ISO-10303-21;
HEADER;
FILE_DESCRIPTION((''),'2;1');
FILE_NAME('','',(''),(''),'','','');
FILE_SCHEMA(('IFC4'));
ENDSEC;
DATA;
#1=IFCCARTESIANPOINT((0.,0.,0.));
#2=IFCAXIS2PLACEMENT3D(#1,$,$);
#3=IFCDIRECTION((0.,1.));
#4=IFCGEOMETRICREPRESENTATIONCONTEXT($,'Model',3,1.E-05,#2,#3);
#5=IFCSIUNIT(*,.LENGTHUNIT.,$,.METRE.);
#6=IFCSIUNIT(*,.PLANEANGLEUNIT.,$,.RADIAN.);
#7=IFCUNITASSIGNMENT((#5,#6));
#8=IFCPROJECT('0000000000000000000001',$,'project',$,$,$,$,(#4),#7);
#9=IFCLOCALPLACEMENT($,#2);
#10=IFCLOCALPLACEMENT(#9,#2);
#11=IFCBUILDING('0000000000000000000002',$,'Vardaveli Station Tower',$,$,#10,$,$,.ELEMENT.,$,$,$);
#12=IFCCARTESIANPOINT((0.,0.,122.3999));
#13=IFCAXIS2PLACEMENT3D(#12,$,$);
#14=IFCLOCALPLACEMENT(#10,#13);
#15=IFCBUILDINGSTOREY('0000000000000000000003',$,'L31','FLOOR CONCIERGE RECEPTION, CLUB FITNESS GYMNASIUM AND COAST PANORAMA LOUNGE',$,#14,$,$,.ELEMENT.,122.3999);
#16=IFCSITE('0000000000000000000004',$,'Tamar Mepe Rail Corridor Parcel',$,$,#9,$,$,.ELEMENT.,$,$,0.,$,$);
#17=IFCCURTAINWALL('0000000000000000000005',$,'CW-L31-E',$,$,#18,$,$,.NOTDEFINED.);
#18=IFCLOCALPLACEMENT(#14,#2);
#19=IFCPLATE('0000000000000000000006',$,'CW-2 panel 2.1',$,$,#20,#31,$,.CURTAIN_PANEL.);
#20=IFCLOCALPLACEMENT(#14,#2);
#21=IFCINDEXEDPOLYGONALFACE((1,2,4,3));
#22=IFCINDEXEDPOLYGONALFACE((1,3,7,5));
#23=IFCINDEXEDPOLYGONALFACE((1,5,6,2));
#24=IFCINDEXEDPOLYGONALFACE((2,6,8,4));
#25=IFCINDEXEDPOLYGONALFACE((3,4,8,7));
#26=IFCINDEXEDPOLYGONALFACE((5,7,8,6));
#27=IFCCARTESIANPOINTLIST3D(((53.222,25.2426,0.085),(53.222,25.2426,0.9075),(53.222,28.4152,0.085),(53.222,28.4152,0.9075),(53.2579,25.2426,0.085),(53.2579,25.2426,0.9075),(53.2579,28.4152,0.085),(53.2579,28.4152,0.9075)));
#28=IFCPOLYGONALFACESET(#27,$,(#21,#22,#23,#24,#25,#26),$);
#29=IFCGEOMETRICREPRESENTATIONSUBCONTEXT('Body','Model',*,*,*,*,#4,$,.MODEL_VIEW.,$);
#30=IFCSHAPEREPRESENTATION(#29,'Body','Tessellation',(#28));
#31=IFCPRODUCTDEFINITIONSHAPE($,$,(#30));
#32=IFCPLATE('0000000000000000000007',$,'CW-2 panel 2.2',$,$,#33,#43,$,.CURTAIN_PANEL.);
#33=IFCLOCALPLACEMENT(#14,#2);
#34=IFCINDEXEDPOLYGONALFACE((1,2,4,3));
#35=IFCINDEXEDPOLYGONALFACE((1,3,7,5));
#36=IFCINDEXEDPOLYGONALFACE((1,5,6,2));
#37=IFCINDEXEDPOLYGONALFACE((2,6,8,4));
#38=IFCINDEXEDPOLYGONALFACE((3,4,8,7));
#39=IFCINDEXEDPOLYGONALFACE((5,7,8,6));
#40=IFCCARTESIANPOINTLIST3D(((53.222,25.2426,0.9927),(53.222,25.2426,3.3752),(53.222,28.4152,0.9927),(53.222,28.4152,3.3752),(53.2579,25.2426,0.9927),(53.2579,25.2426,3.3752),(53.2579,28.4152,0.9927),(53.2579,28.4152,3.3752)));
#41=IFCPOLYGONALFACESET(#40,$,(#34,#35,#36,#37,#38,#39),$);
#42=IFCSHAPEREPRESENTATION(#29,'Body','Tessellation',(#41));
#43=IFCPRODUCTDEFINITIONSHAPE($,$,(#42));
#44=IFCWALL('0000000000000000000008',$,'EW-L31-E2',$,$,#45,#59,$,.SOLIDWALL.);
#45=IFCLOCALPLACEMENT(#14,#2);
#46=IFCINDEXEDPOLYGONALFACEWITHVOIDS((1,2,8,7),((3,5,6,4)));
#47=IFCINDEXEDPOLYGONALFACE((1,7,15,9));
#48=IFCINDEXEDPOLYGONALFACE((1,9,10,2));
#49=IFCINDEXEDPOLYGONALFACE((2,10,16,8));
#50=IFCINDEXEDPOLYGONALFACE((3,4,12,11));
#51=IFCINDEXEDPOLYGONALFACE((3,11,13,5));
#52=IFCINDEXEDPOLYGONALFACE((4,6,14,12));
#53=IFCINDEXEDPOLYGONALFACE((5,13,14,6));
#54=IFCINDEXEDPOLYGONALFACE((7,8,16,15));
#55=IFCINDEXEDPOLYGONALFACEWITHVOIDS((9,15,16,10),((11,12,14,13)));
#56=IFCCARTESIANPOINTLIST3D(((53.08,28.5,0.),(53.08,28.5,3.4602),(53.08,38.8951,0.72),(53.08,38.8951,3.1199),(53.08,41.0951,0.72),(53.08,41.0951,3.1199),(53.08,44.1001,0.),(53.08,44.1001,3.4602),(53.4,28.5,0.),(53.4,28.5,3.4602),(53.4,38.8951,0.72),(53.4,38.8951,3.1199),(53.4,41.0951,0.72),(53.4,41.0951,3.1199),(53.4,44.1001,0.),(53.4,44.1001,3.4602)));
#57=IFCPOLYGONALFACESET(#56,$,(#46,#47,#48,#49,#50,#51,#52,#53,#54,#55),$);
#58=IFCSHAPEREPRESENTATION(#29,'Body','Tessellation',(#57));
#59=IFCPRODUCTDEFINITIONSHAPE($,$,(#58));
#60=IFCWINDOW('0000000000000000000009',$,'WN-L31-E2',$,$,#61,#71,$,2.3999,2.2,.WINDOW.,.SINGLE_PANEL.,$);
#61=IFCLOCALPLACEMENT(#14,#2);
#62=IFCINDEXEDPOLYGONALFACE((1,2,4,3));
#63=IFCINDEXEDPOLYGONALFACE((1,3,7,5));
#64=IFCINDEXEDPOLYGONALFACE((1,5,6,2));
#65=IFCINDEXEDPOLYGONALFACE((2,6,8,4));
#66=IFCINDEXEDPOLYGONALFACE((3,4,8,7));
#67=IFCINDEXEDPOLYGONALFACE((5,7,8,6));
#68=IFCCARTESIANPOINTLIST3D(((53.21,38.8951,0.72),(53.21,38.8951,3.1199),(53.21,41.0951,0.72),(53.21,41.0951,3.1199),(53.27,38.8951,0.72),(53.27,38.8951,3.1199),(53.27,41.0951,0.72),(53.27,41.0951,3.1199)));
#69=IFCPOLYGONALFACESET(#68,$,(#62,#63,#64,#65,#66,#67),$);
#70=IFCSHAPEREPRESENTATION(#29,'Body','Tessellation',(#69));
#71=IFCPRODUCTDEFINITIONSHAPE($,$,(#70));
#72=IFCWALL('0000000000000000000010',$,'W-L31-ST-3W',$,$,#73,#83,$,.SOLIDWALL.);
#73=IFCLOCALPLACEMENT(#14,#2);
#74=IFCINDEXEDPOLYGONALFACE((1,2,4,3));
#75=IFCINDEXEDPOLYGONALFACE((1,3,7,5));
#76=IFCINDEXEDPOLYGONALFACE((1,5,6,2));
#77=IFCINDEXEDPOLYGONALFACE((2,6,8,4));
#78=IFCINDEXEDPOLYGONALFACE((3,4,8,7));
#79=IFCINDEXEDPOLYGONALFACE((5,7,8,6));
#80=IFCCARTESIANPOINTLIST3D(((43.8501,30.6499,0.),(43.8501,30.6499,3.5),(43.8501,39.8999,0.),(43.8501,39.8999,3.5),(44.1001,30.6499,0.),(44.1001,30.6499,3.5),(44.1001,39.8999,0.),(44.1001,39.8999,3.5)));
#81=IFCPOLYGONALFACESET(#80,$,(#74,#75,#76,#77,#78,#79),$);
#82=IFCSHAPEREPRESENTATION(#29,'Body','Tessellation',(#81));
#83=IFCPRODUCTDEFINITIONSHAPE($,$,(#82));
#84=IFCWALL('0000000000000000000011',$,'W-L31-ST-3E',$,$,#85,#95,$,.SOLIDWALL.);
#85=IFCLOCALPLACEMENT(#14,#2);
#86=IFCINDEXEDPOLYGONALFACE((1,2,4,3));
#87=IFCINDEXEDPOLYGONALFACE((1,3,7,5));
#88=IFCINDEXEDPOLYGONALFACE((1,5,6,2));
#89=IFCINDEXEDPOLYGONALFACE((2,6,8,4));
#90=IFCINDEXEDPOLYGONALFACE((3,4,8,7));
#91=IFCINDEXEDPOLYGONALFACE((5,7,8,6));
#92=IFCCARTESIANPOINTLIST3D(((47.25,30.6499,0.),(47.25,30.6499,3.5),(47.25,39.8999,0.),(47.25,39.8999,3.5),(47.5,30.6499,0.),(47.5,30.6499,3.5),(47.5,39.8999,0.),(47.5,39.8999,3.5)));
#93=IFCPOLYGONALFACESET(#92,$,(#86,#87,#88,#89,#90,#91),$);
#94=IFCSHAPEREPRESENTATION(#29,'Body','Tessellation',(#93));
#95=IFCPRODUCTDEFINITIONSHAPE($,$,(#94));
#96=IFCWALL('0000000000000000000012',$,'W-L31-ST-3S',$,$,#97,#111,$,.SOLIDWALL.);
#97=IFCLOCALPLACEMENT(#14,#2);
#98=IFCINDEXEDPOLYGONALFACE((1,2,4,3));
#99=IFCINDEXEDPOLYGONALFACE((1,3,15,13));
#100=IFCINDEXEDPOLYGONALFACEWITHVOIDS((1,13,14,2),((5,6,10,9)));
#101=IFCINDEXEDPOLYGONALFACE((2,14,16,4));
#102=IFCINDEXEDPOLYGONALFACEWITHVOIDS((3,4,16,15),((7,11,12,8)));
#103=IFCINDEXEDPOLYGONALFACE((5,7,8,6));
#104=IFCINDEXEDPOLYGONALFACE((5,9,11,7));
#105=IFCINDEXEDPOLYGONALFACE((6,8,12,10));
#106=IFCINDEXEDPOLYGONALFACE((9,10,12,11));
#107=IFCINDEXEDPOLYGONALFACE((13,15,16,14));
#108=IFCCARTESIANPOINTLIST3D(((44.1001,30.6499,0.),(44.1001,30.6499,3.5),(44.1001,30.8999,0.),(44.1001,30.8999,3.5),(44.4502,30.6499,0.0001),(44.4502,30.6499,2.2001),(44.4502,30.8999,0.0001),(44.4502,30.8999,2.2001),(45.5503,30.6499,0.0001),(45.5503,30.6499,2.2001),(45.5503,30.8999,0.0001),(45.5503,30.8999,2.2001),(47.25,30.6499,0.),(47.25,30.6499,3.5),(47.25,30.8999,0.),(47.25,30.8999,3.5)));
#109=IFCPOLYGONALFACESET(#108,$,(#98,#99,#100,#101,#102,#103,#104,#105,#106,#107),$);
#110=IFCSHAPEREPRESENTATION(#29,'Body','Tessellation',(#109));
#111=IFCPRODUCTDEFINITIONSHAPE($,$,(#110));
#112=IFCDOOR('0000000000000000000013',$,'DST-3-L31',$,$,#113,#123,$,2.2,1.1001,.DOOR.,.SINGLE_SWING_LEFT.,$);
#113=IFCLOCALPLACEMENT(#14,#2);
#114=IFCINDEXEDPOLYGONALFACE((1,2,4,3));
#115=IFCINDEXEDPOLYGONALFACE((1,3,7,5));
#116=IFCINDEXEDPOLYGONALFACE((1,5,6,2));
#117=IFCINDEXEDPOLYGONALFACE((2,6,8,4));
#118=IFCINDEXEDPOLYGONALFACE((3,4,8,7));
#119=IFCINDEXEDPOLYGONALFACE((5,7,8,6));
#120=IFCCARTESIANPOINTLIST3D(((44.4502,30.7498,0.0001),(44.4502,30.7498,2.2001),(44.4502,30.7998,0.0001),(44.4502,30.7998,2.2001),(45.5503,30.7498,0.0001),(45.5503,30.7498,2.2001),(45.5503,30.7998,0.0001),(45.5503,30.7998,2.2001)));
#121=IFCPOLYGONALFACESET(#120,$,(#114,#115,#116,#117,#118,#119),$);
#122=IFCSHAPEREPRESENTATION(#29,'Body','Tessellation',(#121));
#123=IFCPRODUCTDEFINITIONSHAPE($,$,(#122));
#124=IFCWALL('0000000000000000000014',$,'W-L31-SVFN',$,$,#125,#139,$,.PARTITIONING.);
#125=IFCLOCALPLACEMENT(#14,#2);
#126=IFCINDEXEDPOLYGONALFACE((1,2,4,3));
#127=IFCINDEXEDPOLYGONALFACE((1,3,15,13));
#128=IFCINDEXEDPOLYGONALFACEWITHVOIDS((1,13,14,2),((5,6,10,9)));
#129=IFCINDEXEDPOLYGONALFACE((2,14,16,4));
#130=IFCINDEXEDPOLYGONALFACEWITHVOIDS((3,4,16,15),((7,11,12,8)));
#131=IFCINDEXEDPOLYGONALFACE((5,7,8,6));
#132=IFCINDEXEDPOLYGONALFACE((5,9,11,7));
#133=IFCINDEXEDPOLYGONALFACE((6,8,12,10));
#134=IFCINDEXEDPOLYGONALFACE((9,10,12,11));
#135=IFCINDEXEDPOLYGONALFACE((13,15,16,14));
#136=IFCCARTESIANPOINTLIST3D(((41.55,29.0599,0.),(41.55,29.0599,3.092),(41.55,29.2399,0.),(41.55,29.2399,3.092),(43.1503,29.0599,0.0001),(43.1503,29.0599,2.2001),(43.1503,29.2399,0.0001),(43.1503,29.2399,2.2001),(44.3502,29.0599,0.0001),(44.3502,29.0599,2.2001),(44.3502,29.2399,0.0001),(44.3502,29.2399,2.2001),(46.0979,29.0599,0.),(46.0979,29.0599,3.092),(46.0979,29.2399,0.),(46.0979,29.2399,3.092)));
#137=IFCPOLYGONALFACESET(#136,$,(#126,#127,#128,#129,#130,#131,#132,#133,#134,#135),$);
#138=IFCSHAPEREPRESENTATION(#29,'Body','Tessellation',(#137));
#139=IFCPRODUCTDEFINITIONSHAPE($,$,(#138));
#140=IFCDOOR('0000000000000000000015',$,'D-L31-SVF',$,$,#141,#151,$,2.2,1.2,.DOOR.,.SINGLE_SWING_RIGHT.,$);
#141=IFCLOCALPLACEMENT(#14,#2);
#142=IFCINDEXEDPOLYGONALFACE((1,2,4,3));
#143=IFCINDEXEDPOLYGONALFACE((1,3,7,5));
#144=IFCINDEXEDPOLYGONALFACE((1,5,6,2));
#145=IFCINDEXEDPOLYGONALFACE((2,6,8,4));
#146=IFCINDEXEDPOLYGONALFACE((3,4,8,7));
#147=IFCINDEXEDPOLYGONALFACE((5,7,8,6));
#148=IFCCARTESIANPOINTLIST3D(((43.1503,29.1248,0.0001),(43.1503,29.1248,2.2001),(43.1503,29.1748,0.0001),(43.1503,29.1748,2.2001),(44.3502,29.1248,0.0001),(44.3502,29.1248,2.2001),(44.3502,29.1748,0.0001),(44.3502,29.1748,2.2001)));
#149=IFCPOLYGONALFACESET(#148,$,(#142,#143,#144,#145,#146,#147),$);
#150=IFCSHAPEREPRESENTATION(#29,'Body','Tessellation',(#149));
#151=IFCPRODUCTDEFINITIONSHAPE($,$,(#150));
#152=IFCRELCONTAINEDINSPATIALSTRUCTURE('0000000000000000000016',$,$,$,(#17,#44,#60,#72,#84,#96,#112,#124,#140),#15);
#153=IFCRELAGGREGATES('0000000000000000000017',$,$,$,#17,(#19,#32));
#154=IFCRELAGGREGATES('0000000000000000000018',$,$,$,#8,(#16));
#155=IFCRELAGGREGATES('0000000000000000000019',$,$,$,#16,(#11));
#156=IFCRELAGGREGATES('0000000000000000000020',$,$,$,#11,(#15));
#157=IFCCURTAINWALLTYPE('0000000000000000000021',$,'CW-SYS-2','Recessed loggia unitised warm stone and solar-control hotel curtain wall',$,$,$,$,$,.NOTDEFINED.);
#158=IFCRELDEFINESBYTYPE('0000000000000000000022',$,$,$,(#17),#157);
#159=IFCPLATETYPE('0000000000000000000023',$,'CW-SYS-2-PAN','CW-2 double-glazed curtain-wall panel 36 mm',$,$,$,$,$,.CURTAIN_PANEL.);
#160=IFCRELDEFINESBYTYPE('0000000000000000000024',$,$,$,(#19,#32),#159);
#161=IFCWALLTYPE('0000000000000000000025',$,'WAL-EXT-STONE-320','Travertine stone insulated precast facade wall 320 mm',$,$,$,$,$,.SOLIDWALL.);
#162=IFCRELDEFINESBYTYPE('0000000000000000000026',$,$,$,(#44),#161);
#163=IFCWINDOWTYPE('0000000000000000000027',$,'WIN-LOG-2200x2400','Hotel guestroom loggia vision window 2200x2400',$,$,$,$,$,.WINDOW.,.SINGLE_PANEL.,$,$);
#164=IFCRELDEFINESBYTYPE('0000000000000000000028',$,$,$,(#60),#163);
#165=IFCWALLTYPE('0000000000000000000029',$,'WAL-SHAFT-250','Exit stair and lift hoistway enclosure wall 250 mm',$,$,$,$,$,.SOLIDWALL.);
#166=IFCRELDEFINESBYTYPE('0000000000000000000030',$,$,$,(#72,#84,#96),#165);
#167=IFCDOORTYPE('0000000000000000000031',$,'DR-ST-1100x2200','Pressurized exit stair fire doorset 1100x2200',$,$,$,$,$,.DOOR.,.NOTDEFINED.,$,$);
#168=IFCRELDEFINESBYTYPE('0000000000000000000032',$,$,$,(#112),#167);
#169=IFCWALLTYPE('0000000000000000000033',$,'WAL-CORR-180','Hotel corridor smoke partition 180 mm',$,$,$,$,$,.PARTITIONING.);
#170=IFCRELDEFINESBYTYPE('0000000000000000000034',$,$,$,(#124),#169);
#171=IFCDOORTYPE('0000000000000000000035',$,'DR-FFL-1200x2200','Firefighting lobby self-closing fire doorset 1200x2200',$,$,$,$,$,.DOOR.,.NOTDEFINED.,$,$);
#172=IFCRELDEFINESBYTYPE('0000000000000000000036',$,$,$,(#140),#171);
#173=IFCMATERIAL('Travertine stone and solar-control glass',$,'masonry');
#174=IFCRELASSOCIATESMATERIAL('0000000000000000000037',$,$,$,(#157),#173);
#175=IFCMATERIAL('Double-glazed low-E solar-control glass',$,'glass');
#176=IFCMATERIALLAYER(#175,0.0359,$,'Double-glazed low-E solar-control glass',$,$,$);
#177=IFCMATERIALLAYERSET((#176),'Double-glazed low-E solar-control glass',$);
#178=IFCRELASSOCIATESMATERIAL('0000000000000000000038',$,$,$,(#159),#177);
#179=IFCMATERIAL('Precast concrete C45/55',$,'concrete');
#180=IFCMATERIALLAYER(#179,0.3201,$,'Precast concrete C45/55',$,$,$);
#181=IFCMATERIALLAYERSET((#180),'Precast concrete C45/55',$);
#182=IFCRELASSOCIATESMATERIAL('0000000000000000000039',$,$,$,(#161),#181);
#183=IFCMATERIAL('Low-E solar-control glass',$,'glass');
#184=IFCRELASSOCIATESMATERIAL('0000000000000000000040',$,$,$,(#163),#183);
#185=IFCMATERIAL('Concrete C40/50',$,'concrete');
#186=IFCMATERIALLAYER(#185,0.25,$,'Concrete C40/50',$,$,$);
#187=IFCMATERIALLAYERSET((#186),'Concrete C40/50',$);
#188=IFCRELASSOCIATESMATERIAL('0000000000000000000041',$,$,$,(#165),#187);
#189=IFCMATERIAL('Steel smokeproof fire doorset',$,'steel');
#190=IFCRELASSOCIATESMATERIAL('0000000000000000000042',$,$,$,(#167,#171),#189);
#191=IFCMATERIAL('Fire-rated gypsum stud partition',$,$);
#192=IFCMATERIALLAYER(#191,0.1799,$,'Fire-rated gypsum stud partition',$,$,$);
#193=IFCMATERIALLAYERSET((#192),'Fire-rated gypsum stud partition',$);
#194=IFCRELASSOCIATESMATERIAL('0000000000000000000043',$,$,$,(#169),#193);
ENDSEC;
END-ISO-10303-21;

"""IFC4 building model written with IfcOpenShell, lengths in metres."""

from ifc_helpers import new_model, si_unit, direction, frame, frame_2d, origin, origin_2d, place, context, subcontext, project, spatial, rectangle, extrude, source, transform, mapped, material, layer, layer_set, type_object, element, fill, aggregate, save


model = new_model("IFC4")

# Units and contexts
model_context = context("Model", 3, precision=1e-05, world=origin(), true_north=direction((0.0, 1.0)))
body_context = subcontext(model_context, "Body", "Model", "MODEL_VIEW")
ifc_project = project(units=[si_unit("LENGTHUNIT", "METRE"), si_unit("PLANEANGLEUNIT", "RADIAN")], contexts=[model_context])

# Site, building, storey
site_placement = place(None, origin())
site = spatial("IfcSite", under=ifc_project, at=site_placement, Name="Tamar Mepe Rail Corridor Parcel", CompositionType="ELEMENT", RefElevation=0.0)
building_placement = place(site_placement, origin())
building = spatial("IfcBuilding", under=site, at=building_placement, Name="Vardaveli Station Tower", CompositionType="ELEMENT")
storey_placement = place(building_placement, frame((0.0, 0.0, 122.3999)))
storey = spatial("IfcBuildingStorey", under=building, at=storey_placement, Name="L31", Description="FLOOR CONCIERGE RECEPTION, CLUB FITNESS GYMNASIUM AND COAST PANORAMA LOUNGE", CompositionType="ELEMENT", Elevation=122.3999)

# Shared definitions
ifc_material_1 = material(Name="Precast concrete C45/55", Category="concrete")

# Curtain wall, plates
ifc_material_2 = material(Name="Travertine stone and solar-control glass", Category="masonry")
curtain_wall_type = type_object("IfcCurtainWallType", Name="CW-SYS-2", Description="Recessed loggia unitised warm stone and solar-control hotel curtain wall", PredefinedType="NOTDEFINED", material=ifc_material_2)
curtain_wall_placement = place(storey_placement, origin())
curtain_wall = element("IfcCurtainWall", 1, at=curtain_wall_placement, inside=storey, type_object=curtain_wall_type, Name="CW-L31-E", PredefinedType="NOTDEFINED")
ifc_material_3 = material(Name="Double-glazed low-E solar-control glass", Category="glass")
ifc_layer_1 = layer(ifc_material_3, 0.0359, Name="Double-glazed low-E solar-control glass")
ifc_layer_set_1 = layer_set([ifc_layer_1], Name="Double-glazed low-E solar-control glass")
plate_type = type_object("IfcPlateType", Name="CW-SYS-2-PAN", Description="CW-2 double-glazed curtain-wall panel 36 mm", PredefinedType="CURTAIN_PANEL", material=ifc_layer_set_1)
shared_shape_1 = source(origin(), body_context, "Body", "SweptSolid", [
    extrude(rectangle(XDim=3.1726, YDim=0.0359, at=origin_2d()), origin(), (0.0, 0.0, 1.0), 0.8225),
])
plate_1_placement = place(storey_placement, frame((53.24, 26.8289, 0.085), z_axis=(0.0, 0.0, 1.0), x_axis=(0.0, 1.0, 0.0)))
plate_1 = element("IfcPlate", 2, at=plate_1_placement, type_object=plate_type, Name="CW-2 panel 2.1", PredefinedType="CURTAIN_PANEL", context=body_context, shape_type="MappedRepresentation", body=[
    mapped(shared_shape_1, transform((0.0, 0.0, 0.0), scale=1.0)),
])
shared_shape_2 = source(origin(), body_context, "Body", "SweptSolid", [
    extrude(rectangle(XDim=3.1726, YDim=0.0359, at=origin_2d()), origin(), (0.0, 0.0, 1.0), 2.3826),
])
plate_2_placement = place(storey_placement, frame((53.24, 26.8289, 0.9927), z_axis=(0.0, 0.0, 1.0), x_axis=(0.0, 1.0, 0.0)))
plate_2 = element("IfcPlate", 3, at=plate_2_placement, type_object=plate_type, Name="CW-2 panel 2.2", PredefinedType="CURTAIN_PANEL", context=body_context, shape_type="MappedRepresentation", body=[
    mapped(shared_shape_2, transform((0.0, 0.0, 0.0), scale=1.0)),
])
aggregate(curtain_wall, [plate_1, plate_2])

# Wall, opening, window
ifc_layer_2 = layer(ifc_material_1, 0.3201, Name="Precast concrete C45/55")
ifc_layer_set_2 = layer_set([ifc_layer_2], Name="Precast concrete C45/55")
wall_type_1 = type_object("IfcWallType", Name="WAL-EXT-STONE-320", Description="Travertine stone insulated precast facade wall 320 mm", PredefinedType="SOLIDWALL", material=ifc_layer_set_2)
shared_shape_3 = source(origin(), body_context, "Body", "SweptSolid", [
    extrude(rectangle(XDim=15.6001, YDim=0.3201, at=frame_2d((7.8, 0.0))), origin(), (0.0, 0.0, 1.0), 3.4602),
])
wall_1_placement = place(storey_placement, frame((53.24, 28.5, 0.0), z_axis=(0.0, 0.0, 1.0), x_axis=(0.0, 1.0, 0.0)))
wall_1 = element("IfcWall", 4, at=wall_1_placement, inside=storey, type_object=wall_type_1, Name="EW-L31-E2", PredefinedType="SOLIDWALL", context=body_context, shape_type="MappedRepresentation", body=[
    mapped(shared_shape_3, transform((0.0, 0.0, 0.0), scale=1.0)),
])
shared_shape_4 = source(origin(), body_context, "Body", "SweptSolid", [
    extrude(rectangle(XDim=2.2, YDim=2.3999, at=frame_2d((1.1001, 1.2))), frame((0.0, 0.1699, 0.0), z_axis=(0.0, -1.0, 0.0), x_axis=(1.0, 0.0, 0.0)), (0.0, 0.0, 1.0), 0.3401),
])
opening_1_placement = place(wall_1_placement, frame((10.395, 0.0, 0.72)))
opening_1 = element("IfcOpeningElement", 5, at=opening_1_placement, cuts=wall_1, PredefinedType="OPENING", context=body_context, shape_type="MappedRepresentation", body=[
    mapped(shared_shape_4, transform((0.0, 0.0, 0.0), scale=1.0)),
])
ifc_material_4 = material(Name="Low-E solar-control glass", Category="glass")
window_type = type_object("IfcWindowType", Name="WIN-LOG-2200x2400", Description="Hotel guestroom loggia vision window 2200x2400", PartitioningType="SINGLE_PANEL", PredefinedType="WINDOW", material=ifc_material_4)
shared_shape_5 = source(origin(), body_context, "Body", "SweptSolid", [
    extrude(rectangle(XDim=2.2, YDim=2.3999, at=frame_2d((1.1001, 1.2))), frame((0.0, 0.03, 0.0), z_axis=(0.0, -1.0, 0.0), x_axis=(1.0, 0.0, 0.0)), (0.0, 0.0, 1.0), 0.0601),
])
window_placement = place(opening_1_placement, origin())
window = element("IfcWindow", 6, at=window_placement, inside=storey, type_object=window_type, Name="WN-L31-E2", OverallHeight=2.3999, OverallWidth=2.2, PartitioningType="SINGLE_PANEL", PredefinedType="WINDOW", context=body_context, shape_type="MappedRepresentation", body=[
    mapped(shared_shape_5, transform((0.0, 0.0, 0.0), scale=1.0)),
])
fill(opening_1, window)

# Walls
ifc_material_5 = material(Name="Concrete C40/50", Category="concrete")
ifc_layer_3 = layer(ifc_material_5, 0.25, Name="Concrete C40/50")
ifc_layer_set_3 = layer_set([ifc_layer_3], Name="Concrete C40/50")
wall_type_2 = type_object("IfcWallType", Name="WAL-SHAFT-250", Description="Exit stair and lift hoistway enclosure wall 250 mm", PredefinedType="SOLIDWALL", material=ifc_layer_set_3)
shared_shape_6 = source(origin(), body_context, "Body", "SweptSolid", [
    extrude(rectangle(XDim=9.25, YDim=0.25, at=frame_2d((4.625, 0.0))), origin(), (0.0, 0.0, 1.0), 3.5),
])
for number, where, z_axis, x_axis, name in (
    (7, (43.9751, 30.6499, 0.0), (0.0, 0.0, 1.0), (0.0, 1.0, 0.0), "W-L31-ST-3W"),
    (8, (47.375, 30.6499, 0.0), (0.0, 0.0, 1.0), (0.0, 1.0, 0.0), "W-L31-ST-3E"),
):
    element("IfcWall", number, at=place(storey_placement, frame(where, z_axis=z_axis, x_axis=x_axis)), inside=storey, type_object=wall_type_2, Name=name, PredefinedType="SOLIDWALL", context=body_context, shape_type="MappedRepresentation", body=[
        mapped(shared_shape_6, transform((0.0, 0.0, 0.0), scale=1.0)),
    ])

# Walls, openings, doors
shared_shape_7 = source(origin(), body_context, "Body", "SweptSolid", [
    extrude(rectangle(XDim=3.1499, YDim=0.25, at=frame_2d((1.575, 0.0))), origin(), (0.0, 0.0, 1.0), 3.5),
])
wall_2_placement = place(storey_placement, frame((44.1001, 30.7749, 0.0), z_axis=(0.0, 0.0, 1.0), x_axis=(1.0, 0.0, 0.0)))
wall_2 = element("IfcWall", 9, at=wall_2_placement, inside=storey, type_object=wall_type_2, Name="W-L31-ST-3S", PredefinedType="SOLIDWALL", context=body_context, shape_type="MappedRepresentation", body=[
    mapped(shared_shape_7, transform((0.0, 0.0, 0.0), scale=1.0)),
])
shared_shape_8 = source(origin(), body_context, "Body", "SweptSolid", [
    extrude(rectangle(XDim=1.1001, YDim=2.2, at=frame_2d((0.55, 1.1001))), frame((0.0, 0.135, 0.0), z_axis=(0.0, -1.0, 0.0), x_axis=(1.0, 0.0, 0.0)), (0.0, 0.0, 1.0), 0.27),
])
opening_2_placement = place(wall_2_placement, frame((0.3501, 0.0, 0.0)))
opening_2 = element("IfcOpeningElement", 10, at=opening_2_placement, cuts=wall_2, PredefinedType="OPENING", context=body_context, shape_type="MappedRepresentation", body=[
    mapped(shared_shape_8, transform((0.0, 0.0, 0.0), scale=1.0)),
])
ifc_material_6 = material(Name="Steel smokeproof fire doorset", Category="steel")
door_type_1 = type_object("IfcDoorType", Name="DR-ST-1100x2200", Description="Pressurized exit stair fire doorset 1100x2200", OperationType="NOTDEFINED", PredefinedType="DOOR", material=ifc_material_6)
shared_shape_9 = source(origin(), body_context, "Body", "SweptSolid", [
    extrude(rectangle(XDim=1.1001, YDim=2.2, at=frame_2d((0.55, 1.1001))), frame((0.0, 0.0249, 0.0), z_axis=(0.0, -1.0, 0.0), x_axis=(1.0, 0.0, 0.0)), (0.0, 0.0, 1.0), 0.05),
])
door_1_placement = place(opening_2_placement, origin())
door_1 = element("IfcDoor", 11, at=door_1_placement, inside=storey, type_object=door_type_1, Name="DST-3-L31", OperationType="SINGLE_SWING_LEFT", OverallHeight=2.2, OverallWidth=1.1001, PredefinedType="DOOR", context=body_context, shape_type="MappedRepresentation", body=[
    mapped(shared_shape_9, transform((0.0, 0.0, 0.0), scale=1.0)),
])
fill(opening_2, door_1)
ifc_material_7 = material(Name="Fire-rated gypsum stud partition")
ifc_layer_4 = layer(ifc_material_7, 0.1799, Name="Fire-rated gypsum stud partition")
ifc_layer_set_4 = layer_set([ifc_layer_4], Name="Fire-rated gypsum stud partition")
wall_type_3 = type_object("IfcWallType", Name="WAL-CORR-180", Description="Hotel corridor smoke partition 180 mm", PredefinedType="PARTITIONING", material=ifc_layer_set_4)
shared_shape_10 = source(origin(), body_context, "Body", "SweptSolid", [
    extrude(rectangle(XDim=4.5479, YDim=0.1799, at=frame_2d((2.2739, 0.0))), origin(), (0.0, 0.0, 1.0), 3.092),
])
wall_3_placement = place(storey_placement, frame((41.55, 29.1499, 0.0), z_axis=(0.0, 0.0, 1.0), x_axis=(1.0, 0.0, 0.0)))
wall_3 = element("IfcWall", 12, at=wall_3_placement, inside=storey, type_object=wall_type_3, Name="W-L31-SVFN", PredefinedType="PARTITIONING", context=body_context, shape_type="MappedRepresentation", body=[
    mapped(shared_shape_10, transform((0.0, 0.0, 0.0), scale=1.0)),
])
shared_shape_11 = source(origin(), body_context, "Body", "SweptSolid", [
    extrude(rectangle(XDim=1.2, YDim=2.2, at=frame_2d((0.6001, 1.1001))), frame((0.0, 0.1001, 0.0), z_axis=(0.0, -1.0, 0.0), x_axis=(1.0, 0.0, 0.0)), (0.0, 0.0, 1.0), 0.2),
])
opening_3_placement = place(wall_3_placement, frame((1.6001, 0.0, 0.0)))
opening_3 = element("IfcOpeningElement", 13, at=opening_3_placement, cuts=wall_3, PredefinedType="OPENING", context=body_context, shape_type="MappedRepresentation", body=[
    mapped(shared_shape_11, transform((0.0, 0.0, 0.0), scale=1.0)),
])
door_type_2 = type_object("IfcDoorType", Name="DR-FFL-1200x2200", Description="Firefighting lobby self-closing fire doorset 1200x2200", OperationType="NOTDEFINED", PredefinedType="DOOR", material=ifc_material_6)
shared_shape_12 = source(origin(), body_context, "Body", "SweptSolid", [
    extrude(rectangle(XDim=1.2, YDim=2.2, at=frame_2d((0.6001, 1.1001))), frame((0.0, 0.0249, 0.0), z_axis=(0.0, -1.0, 0.0), x_axis=(1.0, 0.0, 0.0)), (0.0, 0.0, 1.0), 0.05),
])
door_2_placement = place(opening_3_placement, origin())
door_2 = element("IfcDoor", 14, at=door_2_placement, inside=storey, type_object=door_type_2, Name="D-L31-SVF", OperationType="SINGLE_SWING_RIGHT", OverallHeight=2.2, OverallWidth=1.2, PredefinedType="DOOR", context=body_context, shape_type="MappedRepresentation", body=[
    mapped(shared_shape_12, transform((0.0, 0.0, 0.0), scale=1.0)),
])
fill(opening_3, door_2)

save(model, "model.ifc")
